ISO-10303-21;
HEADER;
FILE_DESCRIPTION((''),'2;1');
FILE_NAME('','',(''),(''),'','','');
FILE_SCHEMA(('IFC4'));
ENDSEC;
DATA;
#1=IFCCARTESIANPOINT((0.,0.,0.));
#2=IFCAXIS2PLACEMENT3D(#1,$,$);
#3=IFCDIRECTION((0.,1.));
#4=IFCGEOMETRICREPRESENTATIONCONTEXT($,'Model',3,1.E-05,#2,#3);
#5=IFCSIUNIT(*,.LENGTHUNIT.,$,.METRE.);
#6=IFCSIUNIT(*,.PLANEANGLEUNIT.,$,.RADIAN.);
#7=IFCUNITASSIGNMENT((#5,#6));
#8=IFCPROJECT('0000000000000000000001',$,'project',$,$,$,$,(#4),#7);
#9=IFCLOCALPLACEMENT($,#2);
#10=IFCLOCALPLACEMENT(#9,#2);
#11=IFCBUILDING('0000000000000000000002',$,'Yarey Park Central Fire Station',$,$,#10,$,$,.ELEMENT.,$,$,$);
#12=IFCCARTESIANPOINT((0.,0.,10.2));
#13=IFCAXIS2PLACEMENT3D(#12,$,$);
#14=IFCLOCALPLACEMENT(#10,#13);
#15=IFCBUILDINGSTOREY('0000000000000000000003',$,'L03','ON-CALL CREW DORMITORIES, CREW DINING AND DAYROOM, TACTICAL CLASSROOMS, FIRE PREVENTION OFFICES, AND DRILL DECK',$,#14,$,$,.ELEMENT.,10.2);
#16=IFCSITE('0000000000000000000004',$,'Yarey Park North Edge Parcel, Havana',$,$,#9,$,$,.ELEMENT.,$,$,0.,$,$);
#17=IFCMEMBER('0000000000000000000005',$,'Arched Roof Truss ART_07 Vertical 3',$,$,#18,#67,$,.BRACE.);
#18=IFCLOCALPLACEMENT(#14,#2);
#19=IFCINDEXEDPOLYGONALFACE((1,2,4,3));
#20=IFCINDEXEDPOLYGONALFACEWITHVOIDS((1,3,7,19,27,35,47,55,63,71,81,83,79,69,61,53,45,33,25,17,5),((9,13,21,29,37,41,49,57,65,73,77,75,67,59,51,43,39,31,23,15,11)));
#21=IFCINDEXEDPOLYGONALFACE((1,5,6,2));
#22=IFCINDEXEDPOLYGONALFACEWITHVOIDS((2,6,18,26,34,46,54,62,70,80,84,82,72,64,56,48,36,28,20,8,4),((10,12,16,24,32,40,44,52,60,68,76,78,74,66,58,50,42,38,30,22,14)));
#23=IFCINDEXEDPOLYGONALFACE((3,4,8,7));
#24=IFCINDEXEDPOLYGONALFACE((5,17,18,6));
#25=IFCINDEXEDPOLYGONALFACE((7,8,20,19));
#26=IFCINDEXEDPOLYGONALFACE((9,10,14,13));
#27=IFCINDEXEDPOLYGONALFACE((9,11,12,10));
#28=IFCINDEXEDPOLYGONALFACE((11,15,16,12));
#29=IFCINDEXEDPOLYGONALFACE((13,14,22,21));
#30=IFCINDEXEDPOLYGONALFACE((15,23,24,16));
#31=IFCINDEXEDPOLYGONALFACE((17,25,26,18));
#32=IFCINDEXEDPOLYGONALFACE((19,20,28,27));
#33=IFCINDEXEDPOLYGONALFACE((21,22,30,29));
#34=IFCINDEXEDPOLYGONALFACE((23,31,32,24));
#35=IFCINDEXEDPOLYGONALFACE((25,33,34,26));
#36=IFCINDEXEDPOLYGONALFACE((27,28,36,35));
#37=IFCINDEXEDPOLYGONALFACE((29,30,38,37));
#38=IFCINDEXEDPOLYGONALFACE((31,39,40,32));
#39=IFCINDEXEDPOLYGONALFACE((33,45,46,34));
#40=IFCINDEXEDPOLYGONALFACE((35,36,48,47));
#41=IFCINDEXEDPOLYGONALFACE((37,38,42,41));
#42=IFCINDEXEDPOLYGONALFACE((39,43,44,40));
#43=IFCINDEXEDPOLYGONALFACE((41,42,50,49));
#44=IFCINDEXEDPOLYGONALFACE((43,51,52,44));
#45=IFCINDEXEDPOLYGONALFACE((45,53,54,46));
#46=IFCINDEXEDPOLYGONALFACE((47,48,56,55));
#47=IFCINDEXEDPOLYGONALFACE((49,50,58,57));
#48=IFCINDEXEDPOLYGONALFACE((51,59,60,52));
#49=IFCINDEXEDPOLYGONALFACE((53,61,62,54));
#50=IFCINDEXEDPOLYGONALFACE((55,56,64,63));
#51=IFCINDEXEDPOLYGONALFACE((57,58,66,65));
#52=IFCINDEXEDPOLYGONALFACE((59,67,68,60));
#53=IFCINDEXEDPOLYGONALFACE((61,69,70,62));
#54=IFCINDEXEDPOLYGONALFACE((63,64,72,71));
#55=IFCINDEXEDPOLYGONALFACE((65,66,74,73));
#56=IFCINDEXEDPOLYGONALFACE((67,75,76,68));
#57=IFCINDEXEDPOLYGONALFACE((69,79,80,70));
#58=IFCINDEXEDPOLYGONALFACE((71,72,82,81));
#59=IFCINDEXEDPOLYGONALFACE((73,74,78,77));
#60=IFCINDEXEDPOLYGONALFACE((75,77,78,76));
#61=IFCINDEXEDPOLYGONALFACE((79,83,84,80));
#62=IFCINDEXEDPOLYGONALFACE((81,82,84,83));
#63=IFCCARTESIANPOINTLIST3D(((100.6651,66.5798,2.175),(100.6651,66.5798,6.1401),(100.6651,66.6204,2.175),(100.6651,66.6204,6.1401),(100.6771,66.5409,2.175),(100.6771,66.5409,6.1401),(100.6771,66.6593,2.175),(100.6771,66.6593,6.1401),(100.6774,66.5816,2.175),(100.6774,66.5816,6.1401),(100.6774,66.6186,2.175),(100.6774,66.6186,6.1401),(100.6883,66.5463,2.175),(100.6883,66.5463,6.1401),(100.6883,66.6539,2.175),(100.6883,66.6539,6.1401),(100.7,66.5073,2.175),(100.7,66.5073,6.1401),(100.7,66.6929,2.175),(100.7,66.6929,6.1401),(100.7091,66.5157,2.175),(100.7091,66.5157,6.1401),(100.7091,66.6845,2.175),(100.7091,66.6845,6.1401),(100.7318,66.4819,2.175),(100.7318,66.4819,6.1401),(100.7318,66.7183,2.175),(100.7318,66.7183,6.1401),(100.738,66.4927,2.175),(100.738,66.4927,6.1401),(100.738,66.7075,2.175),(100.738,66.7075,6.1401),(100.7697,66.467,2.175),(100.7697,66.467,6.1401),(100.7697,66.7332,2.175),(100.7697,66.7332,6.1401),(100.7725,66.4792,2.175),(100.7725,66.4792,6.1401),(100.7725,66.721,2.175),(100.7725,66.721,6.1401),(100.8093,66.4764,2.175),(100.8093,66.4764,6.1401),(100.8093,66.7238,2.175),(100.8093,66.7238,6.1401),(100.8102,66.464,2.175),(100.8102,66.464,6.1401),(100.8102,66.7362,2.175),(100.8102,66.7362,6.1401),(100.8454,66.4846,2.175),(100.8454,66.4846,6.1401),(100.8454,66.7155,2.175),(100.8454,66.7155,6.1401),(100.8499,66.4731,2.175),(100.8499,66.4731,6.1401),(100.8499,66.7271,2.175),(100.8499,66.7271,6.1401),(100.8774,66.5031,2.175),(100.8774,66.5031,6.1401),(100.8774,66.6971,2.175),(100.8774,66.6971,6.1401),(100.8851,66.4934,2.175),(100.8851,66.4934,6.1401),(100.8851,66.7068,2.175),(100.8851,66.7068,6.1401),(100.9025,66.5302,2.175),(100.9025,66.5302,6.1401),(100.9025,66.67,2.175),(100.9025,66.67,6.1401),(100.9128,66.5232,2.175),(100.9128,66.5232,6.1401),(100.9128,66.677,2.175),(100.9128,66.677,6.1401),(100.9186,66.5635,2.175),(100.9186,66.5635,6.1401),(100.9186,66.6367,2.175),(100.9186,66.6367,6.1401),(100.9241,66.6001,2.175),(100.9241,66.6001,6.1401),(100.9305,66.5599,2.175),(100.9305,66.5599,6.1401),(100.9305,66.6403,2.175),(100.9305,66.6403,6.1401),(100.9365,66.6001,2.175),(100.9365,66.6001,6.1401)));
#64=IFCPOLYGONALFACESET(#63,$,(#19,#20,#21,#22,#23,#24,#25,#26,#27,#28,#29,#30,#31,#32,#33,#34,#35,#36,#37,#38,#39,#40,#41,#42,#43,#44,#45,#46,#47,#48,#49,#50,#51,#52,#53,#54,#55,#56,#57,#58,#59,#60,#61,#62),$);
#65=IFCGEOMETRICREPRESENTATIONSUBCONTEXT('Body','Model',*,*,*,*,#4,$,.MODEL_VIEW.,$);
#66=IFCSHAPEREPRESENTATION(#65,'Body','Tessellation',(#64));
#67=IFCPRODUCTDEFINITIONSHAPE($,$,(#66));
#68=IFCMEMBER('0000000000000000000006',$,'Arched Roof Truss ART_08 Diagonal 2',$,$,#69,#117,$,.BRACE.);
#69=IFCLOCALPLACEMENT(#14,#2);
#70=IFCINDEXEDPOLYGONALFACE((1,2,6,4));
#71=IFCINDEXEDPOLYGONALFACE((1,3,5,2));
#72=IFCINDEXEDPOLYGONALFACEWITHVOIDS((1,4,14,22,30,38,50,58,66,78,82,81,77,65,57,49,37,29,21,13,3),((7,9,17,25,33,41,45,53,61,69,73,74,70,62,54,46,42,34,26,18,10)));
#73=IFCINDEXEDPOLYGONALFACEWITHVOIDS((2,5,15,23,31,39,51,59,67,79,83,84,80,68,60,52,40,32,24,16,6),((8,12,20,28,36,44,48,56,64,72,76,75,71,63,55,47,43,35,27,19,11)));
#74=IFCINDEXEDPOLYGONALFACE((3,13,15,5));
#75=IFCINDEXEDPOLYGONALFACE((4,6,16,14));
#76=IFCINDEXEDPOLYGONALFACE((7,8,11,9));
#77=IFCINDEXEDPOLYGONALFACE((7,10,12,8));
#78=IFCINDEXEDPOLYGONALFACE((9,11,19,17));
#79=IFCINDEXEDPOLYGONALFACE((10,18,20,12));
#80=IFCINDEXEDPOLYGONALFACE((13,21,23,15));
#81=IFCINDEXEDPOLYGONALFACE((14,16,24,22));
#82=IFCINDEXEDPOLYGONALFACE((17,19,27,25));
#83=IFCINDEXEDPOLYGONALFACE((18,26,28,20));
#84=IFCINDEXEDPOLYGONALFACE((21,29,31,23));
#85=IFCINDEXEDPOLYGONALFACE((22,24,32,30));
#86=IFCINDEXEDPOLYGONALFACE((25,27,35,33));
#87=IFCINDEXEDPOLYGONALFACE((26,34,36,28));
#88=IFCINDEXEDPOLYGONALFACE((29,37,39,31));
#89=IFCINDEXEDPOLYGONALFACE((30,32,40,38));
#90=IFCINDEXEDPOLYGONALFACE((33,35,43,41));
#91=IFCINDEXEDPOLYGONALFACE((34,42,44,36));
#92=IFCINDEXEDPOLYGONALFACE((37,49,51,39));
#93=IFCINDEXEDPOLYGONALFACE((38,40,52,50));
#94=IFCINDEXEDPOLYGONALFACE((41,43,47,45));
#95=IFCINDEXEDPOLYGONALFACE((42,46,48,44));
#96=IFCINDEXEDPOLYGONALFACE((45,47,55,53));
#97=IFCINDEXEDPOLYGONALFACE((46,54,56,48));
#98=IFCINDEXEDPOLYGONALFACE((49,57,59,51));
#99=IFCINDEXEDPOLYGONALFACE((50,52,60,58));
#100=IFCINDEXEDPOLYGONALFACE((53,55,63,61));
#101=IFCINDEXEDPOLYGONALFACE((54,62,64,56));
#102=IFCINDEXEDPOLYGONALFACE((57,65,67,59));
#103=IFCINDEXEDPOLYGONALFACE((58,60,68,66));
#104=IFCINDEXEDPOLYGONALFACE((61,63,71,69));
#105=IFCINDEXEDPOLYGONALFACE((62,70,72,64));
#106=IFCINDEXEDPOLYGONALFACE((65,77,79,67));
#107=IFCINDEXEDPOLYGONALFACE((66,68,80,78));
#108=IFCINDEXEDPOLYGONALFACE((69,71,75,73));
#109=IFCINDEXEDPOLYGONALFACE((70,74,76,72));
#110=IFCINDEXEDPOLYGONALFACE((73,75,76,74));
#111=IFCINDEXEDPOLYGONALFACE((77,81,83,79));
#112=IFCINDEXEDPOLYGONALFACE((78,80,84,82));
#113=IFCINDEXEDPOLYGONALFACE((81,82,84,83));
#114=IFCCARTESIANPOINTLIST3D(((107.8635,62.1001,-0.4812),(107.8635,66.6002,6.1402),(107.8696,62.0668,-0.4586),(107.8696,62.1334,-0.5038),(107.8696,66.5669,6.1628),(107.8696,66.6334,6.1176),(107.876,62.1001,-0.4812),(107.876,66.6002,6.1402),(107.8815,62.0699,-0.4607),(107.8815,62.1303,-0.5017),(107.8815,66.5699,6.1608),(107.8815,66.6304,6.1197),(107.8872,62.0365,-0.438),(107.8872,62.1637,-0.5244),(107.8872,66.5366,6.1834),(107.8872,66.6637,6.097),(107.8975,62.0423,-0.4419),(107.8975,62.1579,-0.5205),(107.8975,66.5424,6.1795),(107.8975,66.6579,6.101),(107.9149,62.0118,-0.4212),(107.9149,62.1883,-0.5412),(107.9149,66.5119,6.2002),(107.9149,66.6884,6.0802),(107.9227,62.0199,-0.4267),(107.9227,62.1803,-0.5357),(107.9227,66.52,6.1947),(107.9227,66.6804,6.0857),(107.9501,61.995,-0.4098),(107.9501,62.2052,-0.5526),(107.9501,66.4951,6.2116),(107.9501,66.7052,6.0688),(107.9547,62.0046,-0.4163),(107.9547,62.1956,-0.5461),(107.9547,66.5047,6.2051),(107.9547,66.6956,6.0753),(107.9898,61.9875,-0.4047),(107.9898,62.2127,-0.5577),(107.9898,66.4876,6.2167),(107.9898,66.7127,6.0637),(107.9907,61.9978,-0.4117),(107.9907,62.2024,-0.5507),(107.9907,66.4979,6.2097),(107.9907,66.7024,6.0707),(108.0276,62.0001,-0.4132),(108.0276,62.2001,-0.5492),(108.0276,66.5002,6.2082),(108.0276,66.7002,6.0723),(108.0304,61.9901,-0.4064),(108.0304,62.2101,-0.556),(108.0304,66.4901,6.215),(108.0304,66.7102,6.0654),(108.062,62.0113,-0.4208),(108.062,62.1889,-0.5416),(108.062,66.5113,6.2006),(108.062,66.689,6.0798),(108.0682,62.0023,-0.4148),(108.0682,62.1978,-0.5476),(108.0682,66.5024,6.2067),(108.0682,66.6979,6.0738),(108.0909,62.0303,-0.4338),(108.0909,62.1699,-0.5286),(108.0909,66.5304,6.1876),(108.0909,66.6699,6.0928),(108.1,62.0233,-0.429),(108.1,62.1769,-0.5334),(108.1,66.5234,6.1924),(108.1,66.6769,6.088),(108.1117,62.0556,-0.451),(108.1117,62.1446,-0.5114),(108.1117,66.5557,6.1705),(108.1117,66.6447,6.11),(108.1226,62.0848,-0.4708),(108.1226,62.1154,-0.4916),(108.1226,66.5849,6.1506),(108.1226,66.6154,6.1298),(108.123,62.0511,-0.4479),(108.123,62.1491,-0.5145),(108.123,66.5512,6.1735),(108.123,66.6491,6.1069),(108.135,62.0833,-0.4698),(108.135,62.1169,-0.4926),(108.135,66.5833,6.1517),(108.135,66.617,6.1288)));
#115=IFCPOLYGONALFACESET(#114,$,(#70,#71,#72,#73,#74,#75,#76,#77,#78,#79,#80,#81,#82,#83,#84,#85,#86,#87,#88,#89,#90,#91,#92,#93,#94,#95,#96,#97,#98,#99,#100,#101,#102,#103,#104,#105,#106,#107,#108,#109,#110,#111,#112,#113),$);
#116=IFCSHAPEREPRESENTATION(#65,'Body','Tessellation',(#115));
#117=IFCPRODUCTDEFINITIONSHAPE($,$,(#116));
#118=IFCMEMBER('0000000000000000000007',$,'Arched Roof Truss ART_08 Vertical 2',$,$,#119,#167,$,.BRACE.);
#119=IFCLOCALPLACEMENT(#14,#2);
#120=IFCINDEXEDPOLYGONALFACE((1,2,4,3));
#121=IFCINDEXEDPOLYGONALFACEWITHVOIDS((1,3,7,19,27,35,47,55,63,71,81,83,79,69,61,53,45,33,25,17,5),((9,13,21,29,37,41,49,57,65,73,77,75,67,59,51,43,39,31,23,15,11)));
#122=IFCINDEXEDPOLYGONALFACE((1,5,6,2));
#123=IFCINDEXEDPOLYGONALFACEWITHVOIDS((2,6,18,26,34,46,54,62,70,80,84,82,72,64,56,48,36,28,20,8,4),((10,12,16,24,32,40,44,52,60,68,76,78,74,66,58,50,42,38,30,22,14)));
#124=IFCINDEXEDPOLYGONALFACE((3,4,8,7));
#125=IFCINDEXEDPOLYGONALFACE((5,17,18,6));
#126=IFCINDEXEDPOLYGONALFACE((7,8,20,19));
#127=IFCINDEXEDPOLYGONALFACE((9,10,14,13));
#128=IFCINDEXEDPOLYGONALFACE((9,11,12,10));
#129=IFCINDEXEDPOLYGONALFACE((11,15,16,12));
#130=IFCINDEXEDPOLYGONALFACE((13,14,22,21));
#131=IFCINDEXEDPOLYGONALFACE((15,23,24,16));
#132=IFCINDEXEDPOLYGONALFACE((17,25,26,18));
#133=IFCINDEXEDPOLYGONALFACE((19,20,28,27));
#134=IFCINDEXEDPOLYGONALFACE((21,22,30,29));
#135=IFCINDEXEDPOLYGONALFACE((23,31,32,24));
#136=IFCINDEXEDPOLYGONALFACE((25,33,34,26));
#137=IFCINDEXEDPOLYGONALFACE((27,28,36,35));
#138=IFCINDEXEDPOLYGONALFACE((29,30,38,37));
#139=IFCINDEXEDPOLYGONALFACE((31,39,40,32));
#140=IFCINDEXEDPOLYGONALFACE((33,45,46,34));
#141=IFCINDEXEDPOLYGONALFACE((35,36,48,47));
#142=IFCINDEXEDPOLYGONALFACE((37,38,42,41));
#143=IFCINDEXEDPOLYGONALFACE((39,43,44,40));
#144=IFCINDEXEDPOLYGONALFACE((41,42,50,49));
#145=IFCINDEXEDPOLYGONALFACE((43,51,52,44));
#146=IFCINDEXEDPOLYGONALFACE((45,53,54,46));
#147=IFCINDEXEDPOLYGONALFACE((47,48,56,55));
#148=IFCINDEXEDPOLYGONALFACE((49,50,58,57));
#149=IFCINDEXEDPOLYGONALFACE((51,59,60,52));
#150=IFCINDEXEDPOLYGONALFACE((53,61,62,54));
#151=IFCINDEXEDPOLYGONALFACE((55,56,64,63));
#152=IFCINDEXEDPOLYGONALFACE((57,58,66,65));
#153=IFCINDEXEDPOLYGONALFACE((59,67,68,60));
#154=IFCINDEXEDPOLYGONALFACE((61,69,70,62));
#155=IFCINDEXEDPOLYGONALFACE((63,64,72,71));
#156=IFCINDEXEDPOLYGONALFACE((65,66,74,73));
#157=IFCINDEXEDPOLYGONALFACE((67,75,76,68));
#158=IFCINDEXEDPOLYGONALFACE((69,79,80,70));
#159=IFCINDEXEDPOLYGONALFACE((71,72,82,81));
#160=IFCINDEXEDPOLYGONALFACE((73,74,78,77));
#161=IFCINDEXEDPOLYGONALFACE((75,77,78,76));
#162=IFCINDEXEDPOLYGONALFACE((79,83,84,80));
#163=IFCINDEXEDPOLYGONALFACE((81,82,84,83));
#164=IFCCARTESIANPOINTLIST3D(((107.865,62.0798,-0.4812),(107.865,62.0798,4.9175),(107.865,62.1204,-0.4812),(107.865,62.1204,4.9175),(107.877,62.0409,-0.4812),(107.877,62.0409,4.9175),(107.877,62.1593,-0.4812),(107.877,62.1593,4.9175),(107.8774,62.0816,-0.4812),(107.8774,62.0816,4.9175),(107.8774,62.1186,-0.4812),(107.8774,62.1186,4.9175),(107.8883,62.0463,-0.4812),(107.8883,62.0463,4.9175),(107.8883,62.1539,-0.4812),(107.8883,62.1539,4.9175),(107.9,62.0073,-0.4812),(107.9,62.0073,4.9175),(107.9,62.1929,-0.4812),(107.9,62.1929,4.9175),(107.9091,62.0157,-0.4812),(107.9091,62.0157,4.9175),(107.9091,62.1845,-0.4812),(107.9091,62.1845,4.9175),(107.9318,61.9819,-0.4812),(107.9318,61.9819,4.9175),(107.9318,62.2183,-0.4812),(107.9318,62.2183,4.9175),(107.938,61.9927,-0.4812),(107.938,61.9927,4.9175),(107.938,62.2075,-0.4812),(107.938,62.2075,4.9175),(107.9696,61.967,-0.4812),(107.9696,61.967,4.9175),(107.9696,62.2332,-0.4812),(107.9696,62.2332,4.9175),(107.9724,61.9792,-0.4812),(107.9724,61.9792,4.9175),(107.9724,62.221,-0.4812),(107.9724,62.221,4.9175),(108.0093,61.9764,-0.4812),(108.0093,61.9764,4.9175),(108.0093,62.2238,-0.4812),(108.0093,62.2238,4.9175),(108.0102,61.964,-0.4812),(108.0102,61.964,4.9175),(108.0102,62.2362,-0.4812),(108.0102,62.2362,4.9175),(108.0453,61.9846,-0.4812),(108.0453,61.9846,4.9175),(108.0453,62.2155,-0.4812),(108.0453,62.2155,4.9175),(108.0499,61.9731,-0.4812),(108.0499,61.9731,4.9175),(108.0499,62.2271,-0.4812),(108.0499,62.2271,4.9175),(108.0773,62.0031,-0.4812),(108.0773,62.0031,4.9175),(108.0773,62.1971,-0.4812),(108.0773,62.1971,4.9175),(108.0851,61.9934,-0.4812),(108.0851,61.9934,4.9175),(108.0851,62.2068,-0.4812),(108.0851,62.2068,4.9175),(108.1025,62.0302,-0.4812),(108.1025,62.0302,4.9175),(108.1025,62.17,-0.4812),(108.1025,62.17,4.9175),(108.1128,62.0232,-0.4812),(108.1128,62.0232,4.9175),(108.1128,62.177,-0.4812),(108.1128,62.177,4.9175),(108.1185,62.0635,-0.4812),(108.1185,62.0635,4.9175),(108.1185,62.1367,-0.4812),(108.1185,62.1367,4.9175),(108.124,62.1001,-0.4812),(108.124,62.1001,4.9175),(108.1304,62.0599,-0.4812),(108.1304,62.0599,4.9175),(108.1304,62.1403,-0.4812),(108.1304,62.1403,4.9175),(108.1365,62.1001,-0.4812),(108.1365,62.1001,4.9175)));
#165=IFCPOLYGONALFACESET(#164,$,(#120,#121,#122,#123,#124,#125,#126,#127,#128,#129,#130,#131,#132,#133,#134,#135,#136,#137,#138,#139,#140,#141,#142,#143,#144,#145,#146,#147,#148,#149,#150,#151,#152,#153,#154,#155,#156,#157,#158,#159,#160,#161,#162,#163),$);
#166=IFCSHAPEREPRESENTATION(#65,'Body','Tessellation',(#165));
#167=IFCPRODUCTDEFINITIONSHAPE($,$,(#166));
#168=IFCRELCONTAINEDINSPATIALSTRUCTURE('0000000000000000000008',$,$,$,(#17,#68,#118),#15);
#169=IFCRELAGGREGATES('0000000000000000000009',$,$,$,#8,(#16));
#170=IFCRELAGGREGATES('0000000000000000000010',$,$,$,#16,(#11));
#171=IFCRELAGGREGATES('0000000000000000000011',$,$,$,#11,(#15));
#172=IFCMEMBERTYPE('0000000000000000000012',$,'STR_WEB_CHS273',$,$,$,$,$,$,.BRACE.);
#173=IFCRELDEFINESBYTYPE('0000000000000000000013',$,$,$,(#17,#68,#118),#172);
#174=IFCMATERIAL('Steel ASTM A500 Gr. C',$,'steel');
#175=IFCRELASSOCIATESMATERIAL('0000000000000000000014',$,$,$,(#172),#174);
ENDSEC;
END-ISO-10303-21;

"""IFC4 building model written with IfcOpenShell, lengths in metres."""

from ifc_helpers import new_model, si_unit, direction, frame, origin, origin_2d, place, context, subcontext, project, spatial, hollow_circle, extrude, material, material_profile, profile_set, type_object, element, save


model = new_model("IFC4")

# Units and contexts
model_context = context("Model", 3, precision=1e-05, world=origin(), true_north=direction((0.0, 1.0)))
body_context = subcontext(model_context, "Body", "Model", "MODEL_VIEW")
ifc_project = project(units=[si_unit("LENGTHUNIT", "METRE"), si_unit("PLANEANGLEUNIT", "RADIAN")], contexts=[model_context])

# Site, building, storey
site_placement = place(None, origin())
site = spatial("IfcSite", under=ifc_project, at=site_placement, Name="Yarey Park North Edge Parcel, Havana", CompositionType="ELEMENT", RefElevation=0.0)
building_placement = place(site_placement, origin())
building = spatial("IfcBuilding", under=site, at=building_placement, Name="Yarey Park Central Fire Station", CompositionType="ELEMENT")
storey_placement = place(building_placement, frame((0.0, 0.0, 10.2)))
storey = spatial("IfcBuildingStorey", under=building, at=storey_placement, Name="L03", Description="ON-CALL CREW DORMITORIES, CREW DINING AND DAYROOM, TACTICAL CLASSROOMS, FIRE PREVENTION OFFICES, AND DRILL DECK", CompositionType="ELEMENT", Elevation=10.2)

# Members
ifc_material_1 = material(Name="Steel ASTM A500 Gr. C", Category="steel")
ifc_material_profile_1 = material_profile(ifc_material_1, hollow_circle(Radius=0.1365, WallThickness=0.0125, at=origin_2d()), Name="CHS 273x12.5")
ifc_profile_set_1 = profile_set([ifc_material_profile_1], Name="Steel ASTM A500 Gr. C")
member_type_1 = type_object("IfcMemberType", Name="STR_WEB_CHS273", PredefinedType="BRACE", material=ifc_profile_set_1)
member_1_placement = place(storey_placement, frame((100.8, 66.6001, 2.175), z_axis=(0.0, 0.0, 1.0), x_axis=(1.0, 0.0, 0.0)))
element("IfcMember", 1, at=member_1_placement, inside=storey, type_object=member_type_1, Name="Arched Roof Truss ART_07 Vertical 3", PredefinedType="BRACE", context=body_context, shape_type="SweptSolid", body=[
    extrude(hollow_circle(Radius=0.1365, WallThickness=0.0125, at=origin_2d()), origin(), (0.0, 0.0, 1.0), 3.9651),
])
member_2_placement = place(storey_placement, frame((108.0, 62.1001, -0.4812), z_axis=(0.0, 0.562096, 0.827072), x_axis=(-1.0, 0.0, 0.0)))
element("IfcMember", 2, at=member_2_placement, inside=storey, type_object=member_type_1, Name="Arched Roof Truss ART_08 Diagonal 2", PredefinedType="BRACE", context=body_context, shape_type="SweptSolid", body=[
    extrude(hollow_circle(Radius=0.1365, WallThickness=0.0125, at=origin_2d()), origin(), (0.0, 0.0, 1.0), 8.0059),
])
member_3_placement = place(storey_placement, frame((108.0, 62.1001, -0.4812), z_axis=(0.0, 0.0, 1.0), x_axis=(1.0, 0.0, 0.0)))
element("IfcMember", 3, at=member_3_placement, inside=storey, type_object=member_type_1, Name="Arched Roof Truss ART_08 Vertical 2", PredefinedType="BRACE", context=body_context, shape_type="SweptSolid", body=[
    extrude(hollow_circle(Radius=0.1365, WallThickness=0.0125, at=origin_2d()), origin(), (0.0, 0.0, 1.0), 5.3987),
])

save(model, "model.ifc")
